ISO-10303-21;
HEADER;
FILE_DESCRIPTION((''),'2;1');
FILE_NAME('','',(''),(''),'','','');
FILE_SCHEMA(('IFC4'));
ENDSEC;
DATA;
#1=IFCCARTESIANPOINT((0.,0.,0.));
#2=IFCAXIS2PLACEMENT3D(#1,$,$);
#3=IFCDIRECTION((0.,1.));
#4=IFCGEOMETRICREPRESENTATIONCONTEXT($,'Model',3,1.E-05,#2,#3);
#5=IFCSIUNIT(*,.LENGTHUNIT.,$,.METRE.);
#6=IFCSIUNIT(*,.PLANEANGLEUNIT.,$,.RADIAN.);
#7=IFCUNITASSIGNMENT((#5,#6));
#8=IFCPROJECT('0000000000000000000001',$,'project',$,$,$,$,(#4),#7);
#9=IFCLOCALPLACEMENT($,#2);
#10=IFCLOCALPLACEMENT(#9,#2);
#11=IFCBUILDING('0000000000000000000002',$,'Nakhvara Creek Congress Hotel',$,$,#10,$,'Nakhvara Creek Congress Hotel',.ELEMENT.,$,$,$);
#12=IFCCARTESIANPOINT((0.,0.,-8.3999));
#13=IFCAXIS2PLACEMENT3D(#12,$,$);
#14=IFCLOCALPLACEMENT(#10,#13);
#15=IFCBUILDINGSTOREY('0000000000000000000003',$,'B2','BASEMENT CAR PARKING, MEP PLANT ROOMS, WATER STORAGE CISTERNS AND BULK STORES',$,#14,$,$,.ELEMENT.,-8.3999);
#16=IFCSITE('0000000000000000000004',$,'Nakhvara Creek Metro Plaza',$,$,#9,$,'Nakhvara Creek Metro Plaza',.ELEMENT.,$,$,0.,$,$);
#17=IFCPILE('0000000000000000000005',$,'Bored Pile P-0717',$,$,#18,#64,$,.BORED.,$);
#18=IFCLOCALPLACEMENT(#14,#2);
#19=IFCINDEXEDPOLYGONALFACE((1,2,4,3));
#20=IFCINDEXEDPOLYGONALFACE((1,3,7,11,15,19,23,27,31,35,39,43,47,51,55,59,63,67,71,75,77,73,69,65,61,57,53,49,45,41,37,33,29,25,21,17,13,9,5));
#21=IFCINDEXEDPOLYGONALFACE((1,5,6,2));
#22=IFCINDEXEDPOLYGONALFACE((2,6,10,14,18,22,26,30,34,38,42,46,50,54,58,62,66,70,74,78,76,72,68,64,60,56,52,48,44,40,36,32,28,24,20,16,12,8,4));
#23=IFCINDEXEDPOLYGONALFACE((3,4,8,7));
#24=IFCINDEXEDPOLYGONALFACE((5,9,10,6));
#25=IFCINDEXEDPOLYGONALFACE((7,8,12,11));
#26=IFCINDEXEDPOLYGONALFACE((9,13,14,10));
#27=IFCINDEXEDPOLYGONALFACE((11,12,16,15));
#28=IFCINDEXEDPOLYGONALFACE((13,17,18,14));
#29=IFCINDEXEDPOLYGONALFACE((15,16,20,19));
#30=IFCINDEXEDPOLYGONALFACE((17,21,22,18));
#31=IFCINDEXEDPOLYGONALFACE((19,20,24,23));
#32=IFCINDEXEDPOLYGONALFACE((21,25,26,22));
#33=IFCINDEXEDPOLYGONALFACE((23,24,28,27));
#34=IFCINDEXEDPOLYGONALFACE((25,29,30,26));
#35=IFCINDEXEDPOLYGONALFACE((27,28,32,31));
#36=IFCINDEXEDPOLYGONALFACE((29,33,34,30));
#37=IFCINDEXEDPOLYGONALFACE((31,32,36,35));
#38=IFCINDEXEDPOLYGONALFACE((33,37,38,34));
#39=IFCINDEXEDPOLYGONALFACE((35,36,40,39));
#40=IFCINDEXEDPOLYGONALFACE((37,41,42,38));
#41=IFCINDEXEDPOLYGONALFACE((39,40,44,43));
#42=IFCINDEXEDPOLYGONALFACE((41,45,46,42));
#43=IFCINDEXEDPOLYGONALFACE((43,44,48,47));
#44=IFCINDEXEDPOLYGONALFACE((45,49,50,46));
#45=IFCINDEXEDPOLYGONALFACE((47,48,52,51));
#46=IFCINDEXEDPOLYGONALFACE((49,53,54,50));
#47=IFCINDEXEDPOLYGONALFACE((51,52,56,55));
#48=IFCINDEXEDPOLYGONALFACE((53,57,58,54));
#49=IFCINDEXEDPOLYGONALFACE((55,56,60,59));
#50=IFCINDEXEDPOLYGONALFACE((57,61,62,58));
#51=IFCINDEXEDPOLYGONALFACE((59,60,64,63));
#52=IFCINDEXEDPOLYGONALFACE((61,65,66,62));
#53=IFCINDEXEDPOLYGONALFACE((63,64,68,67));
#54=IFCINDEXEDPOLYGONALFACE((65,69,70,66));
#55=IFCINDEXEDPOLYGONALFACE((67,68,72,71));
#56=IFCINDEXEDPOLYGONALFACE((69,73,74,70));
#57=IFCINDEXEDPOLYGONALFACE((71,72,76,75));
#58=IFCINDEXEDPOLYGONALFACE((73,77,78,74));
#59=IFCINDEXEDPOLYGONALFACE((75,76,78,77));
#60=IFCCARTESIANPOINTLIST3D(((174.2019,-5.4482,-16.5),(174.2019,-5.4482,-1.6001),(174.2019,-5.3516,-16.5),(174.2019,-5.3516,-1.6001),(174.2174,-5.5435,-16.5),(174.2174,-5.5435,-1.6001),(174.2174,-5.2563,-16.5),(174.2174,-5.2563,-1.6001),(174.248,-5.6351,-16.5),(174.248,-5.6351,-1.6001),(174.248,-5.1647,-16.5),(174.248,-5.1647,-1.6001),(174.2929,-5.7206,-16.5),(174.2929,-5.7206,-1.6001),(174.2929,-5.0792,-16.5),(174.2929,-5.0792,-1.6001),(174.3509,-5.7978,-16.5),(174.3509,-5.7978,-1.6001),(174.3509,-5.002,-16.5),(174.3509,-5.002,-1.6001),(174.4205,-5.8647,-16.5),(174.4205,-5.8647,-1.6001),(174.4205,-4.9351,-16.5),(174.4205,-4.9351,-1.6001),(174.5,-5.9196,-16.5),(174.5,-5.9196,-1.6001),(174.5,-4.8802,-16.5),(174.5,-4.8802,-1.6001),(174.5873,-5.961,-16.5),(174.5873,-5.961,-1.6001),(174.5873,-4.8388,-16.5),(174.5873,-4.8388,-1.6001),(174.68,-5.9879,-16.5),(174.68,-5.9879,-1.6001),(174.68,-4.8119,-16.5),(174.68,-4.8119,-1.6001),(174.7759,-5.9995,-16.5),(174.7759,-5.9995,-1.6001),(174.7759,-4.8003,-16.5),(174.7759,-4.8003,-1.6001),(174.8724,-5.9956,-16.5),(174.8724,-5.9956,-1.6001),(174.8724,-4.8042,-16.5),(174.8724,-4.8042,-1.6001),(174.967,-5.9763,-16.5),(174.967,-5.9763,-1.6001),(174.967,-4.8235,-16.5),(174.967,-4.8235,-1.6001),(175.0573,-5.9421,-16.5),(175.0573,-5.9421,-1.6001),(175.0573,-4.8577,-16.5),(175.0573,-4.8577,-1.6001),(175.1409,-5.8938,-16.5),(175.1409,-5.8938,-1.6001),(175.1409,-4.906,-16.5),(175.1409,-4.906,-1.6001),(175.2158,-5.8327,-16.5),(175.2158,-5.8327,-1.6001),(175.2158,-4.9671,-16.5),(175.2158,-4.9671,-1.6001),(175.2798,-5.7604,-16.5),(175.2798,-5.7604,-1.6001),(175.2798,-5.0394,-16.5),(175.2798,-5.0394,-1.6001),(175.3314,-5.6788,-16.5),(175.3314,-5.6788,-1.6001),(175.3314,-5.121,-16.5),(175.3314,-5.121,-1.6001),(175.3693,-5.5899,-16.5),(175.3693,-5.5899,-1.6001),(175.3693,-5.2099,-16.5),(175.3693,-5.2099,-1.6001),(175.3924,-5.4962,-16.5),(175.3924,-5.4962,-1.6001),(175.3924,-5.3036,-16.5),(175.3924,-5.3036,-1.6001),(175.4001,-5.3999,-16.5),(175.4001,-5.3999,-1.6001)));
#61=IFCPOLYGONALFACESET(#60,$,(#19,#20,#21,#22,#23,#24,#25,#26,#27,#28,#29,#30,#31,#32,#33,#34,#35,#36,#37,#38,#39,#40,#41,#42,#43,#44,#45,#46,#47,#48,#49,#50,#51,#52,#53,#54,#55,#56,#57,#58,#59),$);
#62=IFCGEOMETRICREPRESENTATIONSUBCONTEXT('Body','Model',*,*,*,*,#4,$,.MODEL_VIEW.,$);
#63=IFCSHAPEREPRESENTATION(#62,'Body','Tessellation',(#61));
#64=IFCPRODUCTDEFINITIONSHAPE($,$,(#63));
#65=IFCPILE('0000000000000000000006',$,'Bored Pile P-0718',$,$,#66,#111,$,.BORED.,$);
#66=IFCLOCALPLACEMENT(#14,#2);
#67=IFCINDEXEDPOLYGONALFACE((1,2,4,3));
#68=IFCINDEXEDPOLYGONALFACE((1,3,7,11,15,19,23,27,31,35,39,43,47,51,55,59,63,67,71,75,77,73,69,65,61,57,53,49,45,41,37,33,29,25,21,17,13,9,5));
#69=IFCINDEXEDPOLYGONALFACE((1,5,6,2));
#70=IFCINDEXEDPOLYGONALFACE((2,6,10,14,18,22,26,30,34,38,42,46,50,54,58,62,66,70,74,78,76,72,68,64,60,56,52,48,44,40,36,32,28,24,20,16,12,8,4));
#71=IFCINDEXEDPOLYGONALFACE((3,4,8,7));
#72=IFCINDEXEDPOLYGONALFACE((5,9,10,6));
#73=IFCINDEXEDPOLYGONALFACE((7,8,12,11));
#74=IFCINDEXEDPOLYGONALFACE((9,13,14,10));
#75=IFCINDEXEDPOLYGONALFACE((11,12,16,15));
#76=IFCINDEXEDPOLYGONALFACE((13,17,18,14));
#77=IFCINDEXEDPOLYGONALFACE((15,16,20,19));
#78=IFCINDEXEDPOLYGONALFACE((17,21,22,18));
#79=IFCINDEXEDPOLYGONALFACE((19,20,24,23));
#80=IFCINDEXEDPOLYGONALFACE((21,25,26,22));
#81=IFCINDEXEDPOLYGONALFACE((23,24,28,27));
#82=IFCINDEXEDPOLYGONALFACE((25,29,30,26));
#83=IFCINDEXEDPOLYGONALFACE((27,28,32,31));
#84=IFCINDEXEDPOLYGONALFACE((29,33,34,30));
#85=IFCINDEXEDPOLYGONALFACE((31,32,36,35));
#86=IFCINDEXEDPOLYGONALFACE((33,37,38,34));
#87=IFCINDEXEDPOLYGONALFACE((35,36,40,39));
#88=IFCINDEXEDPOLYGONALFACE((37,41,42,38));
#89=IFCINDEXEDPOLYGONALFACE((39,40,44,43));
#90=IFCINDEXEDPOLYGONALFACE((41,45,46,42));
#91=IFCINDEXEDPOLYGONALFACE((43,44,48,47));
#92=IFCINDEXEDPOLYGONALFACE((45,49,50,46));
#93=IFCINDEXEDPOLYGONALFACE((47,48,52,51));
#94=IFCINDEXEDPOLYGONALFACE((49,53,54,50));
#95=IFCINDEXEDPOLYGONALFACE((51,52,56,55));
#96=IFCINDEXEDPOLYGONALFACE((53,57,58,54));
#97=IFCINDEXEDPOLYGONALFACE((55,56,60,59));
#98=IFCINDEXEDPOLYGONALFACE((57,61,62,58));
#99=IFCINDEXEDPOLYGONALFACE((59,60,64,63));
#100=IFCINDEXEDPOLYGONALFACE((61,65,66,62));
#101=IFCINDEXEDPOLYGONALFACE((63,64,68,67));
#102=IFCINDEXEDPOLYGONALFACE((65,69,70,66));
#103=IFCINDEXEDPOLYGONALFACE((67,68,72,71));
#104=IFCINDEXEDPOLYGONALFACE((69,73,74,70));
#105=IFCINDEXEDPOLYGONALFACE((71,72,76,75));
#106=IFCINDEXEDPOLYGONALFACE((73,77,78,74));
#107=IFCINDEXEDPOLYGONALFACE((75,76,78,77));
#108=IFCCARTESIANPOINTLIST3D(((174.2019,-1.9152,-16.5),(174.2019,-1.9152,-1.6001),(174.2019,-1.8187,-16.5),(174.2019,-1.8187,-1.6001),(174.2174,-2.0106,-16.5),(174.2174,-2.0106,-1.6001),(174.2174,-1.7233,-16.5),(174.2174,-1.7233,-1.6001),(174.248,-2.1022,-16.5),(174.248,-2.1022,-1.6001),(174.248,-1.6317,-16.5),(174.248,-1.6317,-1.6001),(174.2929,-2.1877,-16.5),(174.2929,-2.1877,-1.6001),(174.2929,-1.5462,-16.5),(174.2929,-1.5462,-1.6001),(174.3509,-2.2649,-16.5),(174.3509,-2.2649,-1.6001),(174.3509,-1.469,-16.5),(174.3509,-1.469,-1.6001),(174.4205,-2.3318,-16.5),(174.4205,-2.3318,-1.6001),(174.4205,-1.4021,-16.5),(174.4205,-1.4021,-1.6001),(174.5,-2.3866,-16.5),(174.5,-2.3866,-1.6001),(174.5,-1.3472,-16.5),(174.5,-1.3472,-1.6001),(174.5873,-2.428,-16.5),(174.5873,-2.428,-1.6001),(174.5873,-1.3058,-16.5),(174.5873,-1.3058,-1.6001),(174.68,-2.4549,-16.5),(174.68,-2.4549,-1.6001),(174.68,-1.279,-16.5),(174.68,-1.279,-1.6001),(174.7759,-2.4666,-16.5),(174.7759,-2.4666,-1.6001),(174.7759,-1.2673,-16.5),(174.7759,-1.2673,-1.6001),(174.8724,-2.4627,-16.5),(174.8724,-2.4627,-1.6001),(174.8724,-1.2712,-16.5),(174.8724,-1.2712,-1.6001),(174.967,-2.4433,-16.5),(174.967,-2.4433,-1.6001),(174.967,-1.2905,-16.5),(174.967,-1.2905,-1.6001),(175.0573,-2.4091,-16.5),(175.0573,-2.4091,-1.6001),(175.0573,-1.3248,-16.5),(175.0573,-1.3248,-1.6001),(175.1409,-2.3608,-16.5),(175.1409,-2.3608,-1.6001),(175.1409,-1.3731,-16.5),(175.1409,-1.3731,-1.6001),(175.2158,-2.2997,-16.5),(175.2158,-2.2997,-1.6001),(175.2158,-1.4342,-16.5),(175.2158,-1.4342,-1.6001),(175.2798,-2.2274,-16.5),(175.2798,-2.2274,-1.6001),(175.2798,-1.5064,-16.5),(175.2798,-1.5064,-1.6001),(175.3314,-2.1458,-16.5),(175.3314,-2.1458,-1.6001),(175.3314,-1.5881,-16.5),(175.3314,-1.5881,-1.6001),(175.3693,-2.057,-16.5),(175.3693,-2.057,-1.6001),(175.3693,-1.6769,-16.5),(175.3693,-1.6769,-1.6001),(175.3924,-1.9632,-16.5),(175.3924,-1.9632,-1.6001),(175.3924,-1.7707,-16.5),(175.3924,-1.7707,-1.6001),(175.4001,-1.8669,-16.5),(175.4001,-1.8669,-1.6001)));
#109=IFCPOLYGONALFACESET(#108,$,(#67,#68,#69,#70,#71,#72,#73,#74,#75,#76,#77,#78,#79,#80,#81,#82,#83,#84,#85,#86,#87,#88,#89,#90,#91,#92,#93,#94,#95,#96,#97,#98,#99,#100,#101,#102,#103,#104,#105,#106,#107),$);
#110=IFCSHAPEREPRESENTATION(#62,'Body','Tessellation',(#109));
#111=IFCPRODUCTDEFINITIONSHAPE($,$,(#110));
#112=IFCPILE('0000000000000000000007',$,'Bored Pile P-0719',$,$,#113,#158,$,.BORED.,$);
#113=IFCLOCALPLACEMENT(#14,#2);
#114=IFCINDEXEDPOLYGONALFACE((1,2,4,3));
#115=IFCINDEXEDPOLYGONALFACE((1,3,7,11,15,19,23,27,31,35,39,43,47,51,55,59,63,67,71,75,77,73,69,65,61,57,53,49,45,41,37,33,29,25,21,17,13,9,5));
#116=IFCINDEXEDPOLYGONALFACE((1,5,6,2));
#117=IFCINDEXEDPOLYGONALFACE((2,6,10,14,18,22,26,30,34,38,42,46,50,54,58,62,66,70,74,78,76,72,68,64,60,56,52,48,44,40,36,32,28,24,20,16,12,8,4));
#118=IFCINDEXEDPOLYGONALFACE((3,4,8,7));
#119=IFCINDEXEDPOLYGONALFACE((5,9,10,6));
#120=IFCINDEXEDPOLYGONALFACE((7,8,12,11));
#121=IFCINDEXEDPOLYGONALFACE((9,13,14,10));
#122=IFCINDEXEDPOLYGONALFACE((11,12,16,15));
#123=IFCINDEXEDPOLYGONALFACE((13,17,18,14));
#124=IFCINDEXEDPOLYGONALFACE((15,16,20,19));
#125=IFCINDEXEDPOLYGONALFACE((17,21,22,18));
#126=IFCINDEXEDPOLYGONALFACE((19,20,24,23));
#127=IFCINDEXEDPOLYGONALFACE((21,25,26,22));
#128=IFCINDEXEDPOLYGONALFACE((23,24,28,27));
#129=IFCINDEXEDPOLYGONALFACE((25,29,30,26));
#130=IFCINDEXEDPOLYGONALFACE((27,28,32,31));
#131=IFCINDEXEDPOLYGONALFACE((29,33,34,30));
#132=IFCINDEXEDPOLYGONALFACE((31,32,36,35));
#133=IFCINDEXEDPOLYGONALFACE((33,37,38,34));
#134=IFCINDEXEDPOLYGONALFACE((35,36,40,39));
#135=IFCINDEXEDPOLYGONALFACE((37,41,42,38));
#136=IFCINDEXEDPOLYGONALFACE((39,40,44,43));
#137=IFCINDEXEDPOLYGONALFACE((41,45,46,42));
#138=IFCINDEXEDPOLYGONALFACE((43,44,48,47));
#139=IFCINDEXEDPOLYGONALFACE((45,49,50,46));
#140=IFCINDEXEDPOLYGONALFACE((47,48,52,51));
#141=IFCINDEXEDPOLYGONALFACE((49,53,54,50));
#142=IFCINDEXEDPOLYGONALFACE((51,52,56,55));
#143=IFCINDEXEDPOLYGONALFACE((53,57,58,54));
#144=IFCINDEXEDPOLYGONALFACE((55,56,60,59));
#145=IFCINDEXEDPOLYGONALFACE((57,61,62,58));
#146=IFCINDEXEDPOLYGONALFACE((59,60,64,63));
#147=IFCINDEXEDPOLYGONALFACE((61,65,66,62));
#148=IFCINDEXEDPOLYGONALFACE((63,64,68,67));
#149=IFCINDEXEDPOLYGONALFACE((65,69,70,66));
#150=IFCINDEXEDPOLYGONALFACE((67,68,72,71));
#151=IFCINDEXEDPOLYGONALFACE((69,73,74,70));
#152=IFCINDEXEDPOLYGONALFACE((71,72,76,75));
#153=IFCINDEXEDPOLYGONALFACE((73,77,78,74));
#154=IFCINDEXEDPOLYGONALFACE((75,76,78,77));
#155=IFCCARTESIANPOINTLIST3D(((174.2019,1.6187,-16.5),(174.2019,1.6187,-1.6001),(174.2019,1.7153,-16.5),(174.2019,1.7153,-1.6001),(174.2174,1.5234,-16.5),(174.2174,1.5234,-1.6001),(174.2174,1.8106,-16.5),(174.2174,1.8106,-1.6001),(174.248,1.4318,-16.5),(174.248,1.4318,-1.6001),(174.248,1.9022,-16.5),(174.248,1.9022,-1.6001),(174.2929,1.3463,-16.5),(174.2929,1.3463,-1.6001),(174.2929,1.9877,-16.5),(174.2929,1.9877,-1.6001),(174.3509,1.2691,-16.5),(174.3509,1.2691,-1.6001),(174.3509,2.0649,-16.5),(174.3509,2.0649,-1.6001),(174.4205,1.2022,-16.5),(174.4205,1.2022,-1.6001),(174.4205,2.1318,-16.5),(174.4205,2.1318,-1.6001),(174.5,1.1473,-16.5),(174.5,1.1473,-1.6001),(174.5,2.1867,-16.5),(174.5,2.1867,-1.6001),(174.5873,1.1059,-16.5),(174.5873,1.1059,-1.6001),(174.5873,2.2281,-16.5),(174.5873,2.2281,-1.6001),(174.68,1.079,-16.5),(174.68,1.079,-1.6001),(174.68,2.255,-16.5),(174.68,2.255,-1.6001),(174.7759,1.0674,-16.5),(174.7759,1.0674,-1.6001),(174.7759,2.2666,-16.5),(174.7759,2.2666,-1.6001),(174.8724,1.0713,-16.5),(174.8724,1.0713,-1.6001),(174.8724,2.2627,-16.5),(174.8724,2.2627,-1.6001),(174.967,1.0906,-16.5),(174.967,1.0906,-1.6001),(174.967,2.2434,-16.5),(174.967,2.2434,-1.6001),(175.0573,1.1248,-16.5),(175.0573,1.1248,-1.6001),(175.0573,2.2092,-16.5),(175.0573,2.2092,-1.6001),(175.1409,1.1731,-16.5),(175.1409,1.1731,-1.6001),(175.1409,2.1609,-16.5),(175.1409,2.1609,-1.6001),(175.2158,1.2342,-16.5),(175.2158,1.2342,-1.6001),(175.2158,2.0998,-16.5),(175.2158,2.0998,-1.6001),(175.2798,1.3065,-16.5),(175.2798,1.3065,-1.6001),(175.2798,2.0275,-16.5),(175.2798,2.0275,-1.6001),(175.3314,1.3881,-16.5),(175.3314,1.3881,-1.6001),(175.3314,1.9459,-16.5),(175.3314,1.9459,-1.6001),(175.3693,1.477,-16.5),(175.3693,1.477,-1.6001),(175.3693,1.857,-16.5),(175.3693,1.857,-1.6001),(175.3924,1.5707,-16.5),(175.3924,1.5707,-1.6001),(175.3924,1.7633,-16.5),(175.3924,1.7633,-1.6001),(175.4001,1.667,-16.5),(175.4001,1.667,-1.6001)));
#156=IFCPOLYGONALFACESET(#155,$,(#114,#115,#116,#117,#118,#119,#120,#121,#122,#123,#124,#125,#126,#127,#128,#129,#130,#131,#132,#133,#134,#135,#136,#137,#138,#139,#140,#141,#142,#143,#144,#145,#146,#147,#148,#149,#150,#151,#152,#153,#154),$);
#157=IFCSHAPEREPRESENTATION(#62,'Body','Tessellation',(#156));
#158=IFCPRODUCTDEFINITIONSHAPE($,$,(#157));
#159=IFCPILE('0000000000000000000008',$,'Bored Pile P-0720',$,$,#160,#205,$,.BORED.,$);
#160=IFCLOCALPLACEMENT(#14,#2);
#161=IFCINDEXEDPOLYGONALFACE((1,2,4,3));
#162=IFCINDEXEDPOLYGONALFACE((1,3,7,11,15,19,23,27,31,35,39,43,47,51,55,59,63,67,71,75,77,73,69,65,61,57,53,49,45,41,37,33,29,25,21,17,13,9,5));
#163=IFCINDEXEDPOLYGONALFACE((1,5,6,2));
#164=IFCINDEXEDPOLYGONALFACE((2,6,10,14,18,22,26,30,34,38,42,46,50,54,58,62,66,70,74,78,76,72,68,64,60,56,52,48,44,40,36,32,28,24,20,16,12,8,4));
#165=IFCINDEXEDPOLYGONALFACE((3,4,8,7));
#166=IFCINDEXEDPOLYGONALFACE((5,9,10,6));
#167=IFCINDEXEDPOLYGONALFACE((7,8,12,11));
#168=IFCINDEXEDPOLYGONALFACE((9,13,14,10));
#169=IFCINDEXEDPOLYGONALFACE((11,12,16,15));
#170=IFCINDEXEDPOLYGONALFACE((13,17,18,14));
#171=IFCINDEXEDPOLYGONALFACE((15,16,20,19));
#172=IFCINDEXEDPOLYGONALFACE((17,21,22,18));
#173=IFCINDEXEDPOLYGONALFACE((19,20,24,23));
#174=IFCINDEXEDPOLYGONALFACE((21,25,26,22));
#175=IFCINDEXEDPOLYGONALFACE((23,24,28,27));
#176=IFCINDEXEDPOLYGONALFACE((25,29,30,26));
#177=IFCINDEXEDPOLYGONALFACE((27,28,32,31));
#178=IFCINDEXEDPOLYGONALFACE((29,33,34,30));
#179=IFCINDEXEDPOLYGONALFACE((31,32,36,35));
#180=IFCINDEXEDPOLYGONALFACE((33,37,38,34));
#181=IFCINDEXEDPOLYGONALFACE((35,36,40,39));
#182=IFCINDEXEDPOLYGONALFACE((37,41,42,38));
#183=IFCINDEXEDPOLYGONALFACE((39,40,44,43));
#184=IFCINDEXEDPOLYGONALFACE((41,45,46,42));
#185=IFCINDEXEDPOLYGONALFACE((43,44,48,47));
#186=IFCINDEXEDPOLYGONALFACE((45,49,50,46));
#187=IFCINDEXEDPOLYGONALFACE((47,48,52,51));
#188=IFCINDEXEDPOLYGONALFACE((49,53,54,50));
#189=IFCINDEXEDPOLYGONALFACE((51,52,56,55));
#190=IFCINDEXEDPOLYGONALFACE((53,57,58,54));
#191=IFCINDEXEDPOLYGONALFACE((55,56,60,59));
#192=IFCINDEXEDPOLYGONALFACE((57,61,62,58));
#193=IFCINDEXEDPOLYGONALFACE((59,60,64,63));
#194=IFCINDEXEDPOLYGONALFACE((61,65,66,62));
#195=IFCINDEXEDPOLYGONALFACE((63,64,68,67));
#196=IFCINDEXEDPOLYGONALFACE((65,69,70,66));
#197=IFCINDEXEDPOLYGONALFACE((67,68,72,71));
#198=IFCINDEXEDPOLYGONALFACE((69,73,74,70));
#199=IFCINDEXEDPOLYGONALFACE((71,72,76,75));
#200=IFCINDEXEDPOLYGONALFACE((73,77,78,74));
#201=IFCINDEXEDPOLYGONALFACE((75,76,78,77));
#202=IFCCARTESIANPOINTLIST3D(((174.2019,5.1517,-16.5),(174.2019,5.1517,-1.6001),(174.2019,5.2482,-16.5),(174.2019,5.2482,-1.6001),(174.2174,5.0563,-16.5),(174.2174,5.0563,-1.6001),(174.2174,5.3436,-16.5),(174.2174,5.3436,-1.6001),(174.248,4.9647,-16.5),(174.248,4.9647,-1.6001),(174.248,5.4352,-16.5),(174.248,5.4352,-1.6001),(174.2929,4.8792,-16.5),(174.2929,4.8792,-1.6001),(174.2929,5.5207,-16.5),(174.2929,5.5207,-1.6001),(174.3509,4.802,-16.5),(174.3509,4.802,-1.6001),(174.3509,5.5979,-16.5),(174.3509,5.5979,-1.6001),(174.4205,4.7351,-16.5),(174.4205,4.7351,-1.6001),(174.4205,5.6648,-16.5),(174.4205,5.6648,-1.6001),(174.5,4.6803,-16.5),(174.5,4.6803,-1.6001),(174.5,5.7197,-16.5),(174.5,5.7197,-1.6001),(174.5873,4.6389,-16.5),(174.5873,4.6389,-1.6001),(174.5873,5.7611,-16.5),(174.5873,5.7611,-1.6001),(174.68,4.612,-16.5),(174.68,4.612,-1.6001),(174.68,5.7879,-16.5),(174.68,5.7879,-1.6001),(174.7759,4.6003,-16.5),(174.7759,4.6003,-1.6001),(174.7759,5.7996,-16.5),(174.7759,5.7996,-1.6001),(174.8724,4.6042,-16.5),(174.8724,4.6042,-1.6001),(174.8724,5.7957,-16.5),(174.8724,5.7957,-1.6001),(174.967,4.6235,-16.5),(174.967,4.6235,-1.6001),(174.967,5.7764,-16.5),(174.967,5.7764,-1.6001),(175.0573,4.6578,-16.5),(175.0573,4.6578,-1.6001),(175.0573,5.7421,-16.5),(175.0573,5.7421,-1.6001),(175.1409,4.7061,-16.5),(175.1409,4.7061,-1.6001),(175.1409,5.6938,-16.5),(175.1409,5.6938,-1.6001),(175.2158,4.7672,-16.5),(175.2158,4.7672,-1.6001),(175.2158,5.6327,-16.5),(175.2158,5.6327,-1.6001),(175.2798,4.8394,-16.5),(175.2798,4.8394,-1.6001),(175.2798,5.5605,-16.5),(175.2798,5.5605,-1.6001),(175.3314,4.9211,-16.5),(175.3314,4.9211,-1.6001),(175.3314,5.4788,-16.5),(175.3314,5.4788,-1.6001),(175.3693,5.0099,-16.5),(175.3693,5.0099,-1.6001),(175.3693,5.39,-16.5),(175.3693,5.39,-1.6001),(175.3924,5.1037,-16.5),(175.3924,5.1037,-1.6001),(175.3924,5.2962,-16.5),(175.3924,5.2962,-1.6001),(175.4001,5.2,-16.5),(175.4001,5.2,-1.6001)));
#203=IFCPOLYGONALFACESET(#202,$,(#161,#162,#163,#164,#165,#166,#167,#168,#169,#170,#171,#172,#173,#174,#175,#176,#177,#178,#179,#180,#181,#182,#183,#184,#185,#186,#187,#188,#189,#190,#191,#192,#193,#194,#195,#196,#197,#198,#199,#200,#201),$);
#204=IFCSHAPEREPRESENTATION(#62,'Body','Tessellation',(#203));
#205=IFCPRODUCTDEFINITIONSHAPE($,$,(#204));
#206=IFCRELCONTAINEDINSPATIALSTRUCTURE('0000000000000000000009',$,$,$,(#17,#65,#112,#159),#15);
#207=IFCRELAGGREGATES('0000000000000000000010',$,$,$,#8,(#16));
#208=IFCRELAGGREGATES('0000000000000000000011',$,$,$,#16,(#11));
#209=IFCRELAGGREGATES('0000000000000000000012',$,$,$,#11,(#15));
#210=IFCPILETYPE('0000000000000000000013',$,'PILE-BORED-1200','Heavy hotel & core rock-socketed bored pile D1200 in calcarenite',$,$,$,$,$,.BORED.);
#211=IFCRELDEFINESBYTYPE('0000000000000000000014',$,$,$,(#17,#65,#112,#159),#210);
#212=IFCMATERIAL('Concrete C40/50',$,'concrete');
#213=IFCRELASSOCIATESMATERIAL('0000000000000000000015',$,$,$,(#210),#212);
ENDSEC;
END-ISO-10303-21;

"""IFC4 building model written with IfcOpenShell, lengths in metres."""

from ifc_helpers import new_model, si_unit, direction, frame, origin, origin_2d, place, context, subcontext, project, spatial, circle, extrude, material, material_profile, profile_set, type_object, element, save


model = new_model("IFC4")

# Units and contexts
model_context = context("Model", 3, precision=1e-05, world=origin(), true_north=direction((0.0, 1.0)))
body_context = subcontext(model_context, "Body", "Model", "MODEL_VIEW")
ifc_project = project(units=[si_unit("LENGTHUNIT", "METRE"), si_unit("PLANEANGLEUNIT", "RADIAN")], contexts=[model_context])

# Site, building, storey
site_placement = place(None, origin())
site = spatial("IfcSite", under=ifc_project, at=site_placement, Name="Nakhvara Creek Metro Plaza", LongName="Nakhvara Creek Metro Plaza", CompositionType="ELEMENT", RefElevation=0.0)
building_placement = place(site_placement, origin())
building = spatial("IfcBuilding", under=site, at=building_placement, Name="Nakhvara Creek Congress Hotel", LongName="Nakhvara Creek Congress Hotel", CompositionType="ELEMENT")
storey_placement = place(building_placement, frame((0.0, 0.0, -8.3999)))
storey = spatial("IfcBuildingStorey", under=building, at=storey_placement, Name="B2", Description="BASEMENT CAR PARKING, MEP PLANT ROOMS, WATER STORAGE CISTERNS AND BULK STORES", CompositionType="ELEMENT", Elevation=-8.3999)

# Shared definitions
ifc_material_1 = material(Name="Concrete C40/50", Category="concrete")

# Piles
ifc_material_profile_1 = material_profile(ifc_material_1, circle(Radius=0.6001, at=origin_2d()), Name="BORED PILE D1200", Category="LoadBearing")
ifc_profile_set_1 = profile_set([ifc_material_profile_1], Name="Concrete C40/50")
pile_type = type_object("IfcPileType", Name="PILE-BORED-1200", Description="Heavy hotel & core rock-socketed bored pile D1200 in calcarenite", PredefinedType="BORED", material=ifc_profile_set_1)
for number, where, z_axis, x_axis, name in (
    (1, (174.8, -5.3999, -1.6001), (0.0, 0.0, -1.0), (1.0, 0.0, 0.0), "Bored Pile P-0717"),
    (2, (174.8, -1.8669, -1.6001), (0.0, 0.0, -1.0), (1.0, 0.0, 0.0), "Bored Pile P-0718"),
    (3, (174.8, 1.667, -1.6001), (0.0, 0.0, -1.0), (1.0, 0.0, 0.0), "Bored Pile P-0719"),
    (4, (174.8, 5.2, -1.6001), (0.0, 0.0, -1.0), (1.0, 0.0, 0.0), "Bored Pile P-0720"),
):
    element("IfcPile", number, at=place(storey_placement, frame(where, z_axis=z_axis, x_axis=x_axis)), inside=storey, type_object=pile_type, Name=name, PredefinedType="BORED", context=body_context, shape_type="SweptSolid", body=[
        extrude(circle(Radius=0.6001, at=origin_2d()), origin(), (0.0, 0.0, 1.0), 14.8999),
    ])

save(model, "model.ifc")
